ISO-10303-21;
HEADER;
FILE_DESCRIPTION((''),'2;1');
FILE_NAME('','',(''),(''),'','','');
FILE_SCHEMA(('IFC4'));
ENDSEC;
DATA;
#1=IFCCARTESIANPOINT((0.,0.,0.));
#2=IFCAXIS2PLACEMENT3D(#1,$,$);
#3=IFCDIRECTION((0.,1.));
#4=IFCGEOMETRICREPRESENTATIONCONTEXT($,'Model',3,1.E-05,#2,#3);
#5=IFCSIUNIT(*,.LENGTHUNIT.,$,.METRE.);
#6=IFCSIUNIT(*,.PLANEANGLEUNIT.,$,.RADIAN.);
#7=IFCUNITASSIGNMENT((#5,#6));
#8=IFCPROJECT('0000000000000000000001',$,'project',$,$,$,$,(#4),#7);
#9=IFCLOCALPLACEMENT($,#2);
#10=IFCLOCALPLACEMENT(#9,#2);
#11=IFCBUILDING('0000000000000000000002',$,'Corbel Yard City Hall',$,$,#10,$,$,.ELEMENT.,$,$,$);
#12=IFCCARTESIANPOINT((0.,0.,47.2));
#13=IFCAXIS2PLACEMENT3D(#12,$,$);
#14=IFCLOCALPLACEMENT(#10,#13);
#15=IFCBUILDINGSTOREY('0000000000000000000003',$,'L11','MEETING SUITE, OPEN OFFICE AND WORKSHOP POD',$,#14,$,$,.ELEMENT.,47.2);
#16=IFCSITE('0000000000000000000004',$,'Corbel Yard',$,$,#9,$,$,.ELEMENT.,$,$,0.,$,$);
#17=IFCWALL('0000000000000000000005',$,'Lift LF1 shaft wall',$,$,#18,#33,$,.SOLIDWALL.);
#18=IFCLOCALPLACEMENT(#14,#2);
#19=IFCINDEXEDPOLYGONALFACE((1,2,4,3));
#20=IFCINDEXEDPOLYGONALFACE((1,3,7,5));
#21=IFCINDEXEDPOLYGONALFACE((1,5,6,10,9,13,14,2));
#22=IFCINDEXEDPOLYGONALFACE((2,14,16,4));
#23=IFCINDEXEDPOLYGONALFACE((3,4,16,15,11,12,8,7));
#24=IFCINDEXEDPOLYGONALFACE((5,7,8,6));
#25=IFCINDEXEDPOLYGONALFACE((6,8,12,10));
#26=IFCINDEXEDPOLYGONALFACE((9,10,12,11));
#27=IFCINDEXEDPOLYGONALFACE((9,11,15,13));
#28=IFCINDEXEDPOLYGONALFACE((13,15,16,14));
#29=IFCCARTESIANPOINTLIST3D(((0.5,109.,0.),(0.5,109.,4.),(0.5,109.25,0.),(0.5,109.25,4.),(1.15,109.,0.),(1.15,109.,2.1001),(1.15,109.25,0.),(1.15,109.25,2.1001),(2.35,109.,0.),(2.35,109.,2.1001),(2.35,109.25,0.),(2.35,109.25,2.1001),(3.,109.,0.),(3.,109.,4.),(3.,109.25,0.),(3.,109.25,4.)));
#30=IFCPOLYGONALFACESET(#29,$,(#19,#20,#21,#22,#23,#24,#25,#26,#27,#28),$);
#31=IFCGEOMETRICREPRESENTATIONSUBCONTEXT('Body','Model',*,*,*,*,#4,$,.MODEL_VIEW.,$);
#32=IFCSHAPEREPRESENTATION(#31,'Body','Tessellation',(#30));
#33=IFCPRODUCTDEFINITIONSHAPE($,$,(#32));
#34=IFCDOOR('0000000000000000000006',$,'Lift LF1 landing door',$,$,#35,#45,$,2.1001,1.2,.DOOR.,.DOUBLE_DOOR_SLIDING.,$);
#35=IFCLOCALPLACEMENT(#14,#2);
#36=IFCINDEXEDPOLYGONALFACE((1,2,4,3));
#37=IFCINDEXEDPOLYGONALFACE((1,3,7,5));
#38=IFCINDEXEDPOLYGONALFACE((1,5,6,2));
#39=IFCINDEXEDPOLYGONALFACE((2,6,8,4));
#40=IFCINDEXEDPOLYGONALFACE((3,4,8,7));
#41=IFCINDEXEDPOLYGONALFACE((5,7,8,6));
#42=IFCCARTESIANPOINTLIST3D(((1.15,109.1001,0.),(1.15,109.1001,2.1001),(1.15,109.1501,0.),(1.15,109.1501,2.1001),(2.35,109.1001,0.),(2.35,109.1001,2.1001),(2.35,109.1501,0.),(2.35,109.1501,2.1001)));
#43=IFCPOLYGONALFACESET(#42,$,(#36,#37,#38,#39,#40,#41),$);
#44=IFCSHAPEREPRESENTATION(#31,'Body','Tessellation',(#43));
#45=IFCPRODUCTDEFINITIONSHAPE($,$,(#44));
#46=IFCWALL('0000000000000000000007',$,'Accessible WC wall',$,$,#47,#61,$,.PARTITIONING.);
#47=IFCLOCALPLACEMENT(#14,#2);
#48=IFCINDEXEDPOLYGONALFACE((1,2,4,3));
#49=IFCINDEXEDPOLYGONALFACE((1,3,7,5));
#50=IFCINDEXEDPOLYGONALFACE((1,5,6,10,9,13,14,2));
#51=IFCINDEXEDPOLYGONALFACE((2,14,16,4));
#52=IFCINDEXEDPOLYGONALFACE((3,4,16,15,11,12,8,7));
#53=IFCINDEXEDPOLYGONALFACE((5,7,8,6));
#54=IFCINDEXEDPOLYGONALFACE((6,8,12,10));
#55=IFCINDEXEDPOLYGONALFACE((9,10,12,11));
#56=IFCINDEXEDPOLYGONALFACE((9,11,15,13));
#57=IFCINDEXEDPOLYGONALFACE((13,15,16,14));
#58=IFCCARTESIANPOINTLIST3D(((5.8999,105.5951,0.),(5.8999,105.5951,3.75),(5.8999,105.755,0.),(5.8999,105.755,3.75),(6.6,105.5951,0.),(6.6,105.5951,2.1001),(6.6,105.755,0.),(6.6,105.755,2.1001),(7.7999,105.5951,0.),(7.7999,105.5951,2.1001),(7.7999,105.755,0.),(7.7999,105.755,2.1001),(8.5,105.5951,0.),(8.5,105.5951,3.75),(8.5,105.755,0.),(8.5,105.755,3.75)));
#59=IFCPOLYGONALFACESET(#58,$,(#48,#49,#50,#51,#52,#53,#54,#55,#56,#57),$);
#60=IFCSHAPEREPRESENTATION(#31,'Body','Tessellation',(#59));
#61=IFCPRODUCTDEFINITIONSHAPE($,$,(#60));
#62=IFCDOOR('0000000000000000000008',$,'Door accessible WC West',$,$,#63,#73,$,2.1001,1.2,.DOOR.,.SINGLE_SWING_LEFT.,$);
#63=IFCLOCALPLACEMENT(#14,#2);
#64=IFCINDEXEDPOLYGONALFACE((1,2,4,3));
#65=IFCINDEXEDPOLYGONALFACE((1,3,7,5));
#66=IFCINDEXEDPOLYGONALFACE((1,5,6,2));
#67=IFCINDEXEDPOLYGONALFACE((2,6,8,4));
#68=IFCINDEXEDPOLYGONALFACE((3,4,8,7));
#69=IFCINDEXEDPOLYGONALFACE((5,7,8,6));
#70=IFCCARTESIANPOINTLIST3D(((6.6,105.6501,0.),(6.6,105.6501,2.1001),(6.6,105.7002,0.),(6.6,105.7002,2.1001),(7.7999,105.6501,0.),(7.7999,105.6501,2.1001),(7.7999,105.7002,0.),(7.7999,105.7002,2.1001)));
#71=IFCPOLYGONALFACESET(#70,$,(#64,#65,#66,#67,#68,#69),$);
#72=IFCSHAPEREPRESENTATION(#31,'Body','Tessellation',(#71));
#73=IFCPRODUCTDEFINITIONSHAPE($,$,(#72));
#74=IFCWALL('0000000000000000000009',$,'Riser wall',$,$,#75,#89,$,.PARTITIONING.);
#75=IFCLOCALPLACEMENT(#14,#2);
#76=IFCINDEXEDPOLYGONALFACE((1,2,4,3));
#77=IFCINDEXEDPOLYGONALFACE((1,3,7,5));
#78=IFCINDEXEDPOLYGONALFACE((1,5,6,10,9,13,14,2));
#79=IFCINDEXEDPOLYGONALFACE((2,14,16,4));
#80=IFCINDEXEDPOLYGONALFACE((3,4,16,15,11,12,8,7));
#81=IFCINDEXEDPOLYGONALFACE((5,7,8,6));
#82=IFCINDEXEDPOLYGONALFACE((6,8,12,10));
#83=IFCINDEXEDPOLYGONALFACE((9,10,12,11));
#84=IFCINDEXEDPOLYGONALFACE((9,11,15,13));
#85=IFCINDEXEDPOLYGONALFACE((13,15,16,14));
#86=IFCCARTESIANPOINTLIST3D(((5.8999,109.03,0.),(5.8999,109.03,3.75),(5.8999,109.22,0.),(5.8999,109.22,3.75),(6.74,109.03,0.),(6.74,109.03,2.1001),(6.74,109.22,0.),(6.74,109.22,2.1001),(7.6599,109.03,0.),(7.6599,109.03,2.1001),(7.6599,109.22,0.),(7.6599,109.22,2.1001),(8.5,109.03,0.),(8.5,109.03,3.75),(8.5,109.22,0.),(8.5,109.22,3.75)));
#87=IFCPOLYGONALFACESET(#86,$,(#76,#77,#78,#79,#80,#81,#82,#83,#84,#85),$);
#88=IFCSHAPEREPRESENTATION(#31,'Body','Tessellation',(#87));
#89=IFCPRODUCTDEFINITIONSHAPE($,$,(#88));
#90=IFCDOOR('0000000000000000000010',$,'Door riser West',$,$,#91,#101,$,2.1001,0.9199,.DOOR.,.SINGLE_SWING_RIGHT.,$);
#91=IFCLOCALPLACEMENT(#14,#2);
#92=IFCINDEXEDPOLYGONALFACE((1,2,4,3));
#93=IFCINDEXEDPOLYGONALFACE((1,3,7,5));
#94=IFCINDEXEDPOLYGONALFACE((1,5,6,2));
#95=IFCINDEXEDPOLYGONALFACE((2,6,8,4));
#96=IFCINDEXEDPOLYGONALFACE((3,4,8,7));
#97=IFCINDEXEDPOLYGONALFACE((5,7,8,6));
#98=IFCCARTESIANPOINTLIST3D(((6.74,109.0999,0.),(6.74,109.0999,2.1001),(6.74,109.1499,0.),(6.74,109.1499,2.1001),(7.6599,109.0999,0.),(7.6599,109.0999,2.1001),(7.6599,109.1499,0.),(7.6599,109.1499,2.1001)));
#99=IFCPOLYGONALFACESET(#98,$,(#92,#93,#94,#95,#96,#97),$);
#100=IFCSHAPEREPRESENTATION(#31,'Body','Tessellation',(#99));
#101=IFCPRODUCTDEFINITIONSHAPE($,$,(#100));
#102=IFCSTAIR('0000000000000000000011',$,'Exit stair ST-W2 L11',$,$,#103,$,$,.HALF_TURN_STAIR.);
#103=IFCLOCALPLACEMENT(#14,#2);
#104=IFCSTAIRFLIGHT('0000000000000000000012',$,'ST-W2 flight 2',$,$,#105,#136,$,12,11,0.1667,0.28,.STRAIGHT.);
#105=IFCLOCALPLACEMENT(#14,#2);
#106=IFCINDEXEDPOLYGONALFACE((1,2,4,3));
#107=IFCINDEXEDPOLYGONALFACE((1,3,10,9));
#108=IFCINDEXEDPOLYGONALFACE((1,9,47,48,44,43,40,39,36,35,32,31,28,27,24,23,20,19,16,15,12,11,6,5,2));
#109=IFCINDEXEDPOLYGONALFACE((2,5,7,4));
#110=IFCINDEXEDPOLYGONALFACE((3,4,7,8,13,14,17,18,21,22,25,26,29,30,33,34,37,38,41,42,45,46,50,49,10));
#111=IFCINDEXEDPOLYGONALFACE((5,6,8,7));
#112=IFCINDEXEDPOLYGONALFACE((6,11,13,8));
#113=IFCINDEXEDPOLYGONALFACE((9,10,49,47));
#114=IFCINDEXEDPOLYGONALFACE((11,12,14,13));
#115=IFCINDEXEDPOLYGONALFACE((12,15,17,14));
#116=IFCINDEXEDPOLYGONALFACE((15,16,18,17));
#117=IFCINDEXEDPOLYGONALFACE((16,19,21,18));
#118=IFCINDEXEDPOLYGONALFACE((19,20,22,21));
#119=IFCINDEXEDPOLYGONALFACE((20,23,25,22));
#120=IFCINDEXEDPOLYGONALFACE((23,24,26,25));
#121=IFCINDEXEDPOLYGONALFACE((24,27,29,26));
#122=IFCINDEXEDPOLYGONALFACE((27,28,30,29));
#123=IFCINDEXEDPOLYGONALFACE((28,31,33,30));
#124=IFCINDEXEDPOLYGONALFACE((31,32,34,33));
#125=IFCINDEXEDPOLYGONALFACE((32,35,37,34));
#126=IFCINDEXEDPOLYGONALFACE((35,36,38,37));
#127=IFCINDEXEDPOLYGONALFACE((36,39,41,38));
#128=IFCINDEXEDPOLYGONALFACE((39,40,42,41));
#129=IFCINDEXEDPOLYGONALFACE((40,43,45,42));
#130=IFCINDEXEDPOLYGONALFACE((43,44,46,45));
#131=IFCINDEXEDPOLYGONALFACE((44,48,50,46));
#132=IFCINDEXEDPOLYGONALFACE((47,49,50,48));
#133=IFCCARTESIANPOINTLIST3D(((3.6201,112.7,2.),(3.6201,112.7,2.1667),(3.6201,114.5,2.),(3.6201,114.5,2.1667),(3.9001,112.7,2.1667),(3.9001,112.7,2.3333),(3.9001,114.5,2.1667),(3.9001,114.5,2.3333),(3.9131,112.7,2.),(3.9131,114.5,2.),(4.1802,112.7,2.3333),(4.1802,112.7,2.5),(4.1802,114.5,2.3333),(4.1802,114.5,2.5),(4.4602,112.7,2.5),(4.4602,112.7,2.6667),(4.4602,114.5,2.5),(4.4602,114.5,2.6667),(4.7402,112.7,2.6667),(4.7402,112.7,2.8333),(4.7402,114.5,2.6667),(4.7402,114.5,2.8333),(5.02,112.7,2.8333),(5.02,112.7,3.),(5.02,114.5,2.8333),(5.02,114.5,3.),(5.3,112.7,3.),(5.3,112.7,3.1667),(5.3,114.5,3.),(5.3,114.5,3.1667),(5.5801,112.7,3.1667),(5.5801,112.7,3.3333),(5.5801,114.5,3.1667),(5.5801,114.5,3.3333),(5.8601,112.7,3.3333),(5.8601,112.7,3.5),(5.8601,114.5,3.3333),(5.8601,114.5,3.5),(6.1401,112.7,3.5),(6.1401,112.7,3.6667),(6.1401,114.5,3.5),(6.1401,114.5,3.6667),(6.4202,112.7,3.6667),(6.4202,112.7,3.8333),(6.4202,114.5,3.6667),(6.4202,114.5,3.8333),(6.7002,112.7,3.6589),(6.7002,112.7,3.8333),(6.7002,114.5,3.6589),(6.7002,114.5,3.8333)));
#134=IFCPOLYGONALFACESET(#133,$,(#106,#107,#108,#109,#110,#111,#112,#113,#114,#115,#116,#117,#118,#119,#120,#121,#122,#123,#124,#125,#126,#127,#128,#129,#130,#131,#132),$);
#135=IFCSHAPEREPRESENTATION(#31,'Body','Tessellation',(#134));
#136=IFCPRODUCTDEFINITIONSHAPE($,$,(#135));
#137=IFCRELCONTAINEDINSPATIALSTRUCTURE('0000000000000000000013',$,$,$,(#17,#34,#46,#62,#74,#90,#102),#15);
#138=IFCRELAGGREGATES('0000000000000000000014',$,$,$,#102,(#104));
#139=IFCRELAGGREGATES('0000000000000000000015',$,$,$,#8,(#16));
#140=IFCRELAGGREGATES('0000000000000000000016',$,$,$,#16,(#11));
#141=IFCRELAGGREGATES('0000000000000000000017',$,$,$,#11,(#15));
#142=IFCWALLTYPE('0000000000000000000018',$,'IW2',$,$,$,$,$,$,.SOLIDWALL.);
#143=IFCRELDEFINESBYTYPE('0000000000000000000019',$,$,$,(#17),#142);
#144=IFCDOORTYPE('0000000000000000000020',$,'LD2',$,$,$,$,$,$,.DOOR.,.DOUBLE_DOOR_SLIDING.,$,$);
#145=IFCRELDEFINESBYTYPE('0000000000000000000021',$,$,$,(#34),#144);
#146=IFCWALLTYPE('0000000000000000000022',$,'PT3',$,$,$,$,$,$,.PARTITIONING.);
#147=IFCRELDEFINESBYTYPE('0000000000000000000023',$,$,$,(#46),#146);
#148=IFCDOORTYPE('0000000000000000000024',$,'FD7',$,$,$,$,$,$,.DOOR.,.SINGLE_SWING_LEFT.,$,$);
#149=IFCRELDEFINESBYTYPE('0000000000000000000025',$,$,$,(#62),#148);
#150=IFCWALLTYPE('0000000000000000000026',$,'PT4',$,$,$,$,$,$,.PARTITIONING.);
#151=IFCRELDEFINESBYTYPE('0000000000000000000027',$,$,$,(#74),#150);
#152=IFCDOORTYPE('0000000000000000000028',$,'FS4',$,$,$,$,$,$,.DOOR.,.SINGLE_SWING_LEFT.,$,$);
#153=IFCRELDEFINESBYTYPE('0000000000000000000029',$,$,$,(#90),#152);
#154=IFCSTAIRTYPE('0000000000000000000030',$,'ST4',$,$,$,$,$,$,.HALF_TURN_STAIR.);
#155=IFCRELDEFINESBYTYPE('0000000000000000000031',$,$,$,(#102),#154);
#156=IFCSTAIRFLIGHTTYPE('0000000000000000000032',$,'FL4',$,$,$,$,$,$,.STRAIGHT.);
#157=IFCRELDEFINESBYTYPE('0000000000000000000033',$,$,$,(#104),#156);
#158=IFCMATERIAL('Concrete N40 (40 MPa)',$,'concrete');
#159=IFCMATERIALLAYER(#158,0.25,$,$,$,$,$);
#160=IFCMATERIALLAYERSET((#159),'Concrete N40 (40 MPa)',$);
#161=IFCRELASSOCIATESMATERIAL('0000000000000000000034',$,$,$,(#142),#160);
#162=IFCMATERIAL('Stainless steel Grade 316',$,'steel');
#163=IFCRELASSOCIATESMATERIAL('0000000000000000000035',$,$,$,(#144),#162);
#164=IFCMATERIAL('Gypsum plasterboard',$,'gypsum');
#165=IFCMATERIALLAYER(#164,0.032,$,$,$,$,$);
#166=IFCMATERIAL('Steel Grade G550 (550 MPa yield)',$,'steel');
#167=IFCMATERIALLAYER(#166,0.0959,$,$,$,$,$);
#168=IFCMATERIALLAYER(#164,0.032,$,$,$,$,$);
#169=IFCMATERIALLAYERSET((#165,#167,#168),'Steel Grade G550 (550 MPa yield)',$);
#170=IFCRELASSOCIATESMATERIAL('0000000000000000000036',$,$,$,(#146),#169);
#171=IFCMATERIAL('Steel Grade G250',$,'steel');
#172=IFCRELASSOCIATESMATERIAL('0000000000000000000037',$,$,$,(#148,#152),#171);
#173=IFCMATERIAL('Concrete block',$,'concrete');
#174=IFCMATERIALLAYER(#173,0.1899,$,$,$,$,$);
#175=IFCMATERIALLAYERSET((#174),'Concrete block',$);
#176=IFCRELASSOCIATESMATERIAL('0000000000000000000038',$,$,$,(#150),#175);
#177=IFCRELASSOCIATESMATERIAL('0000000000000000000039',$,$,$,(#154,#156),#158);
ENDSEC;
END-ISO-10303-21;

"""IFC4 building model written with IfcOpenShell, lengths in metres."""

from ifc_helpers import new_model, si_unit, direction, frame, frame_2d, origin, place, context, subcontext, project, spatial, polyline, rectangle, outline, extrude, material, layer, layer_set, type_object, element, fill, aggregate, save


model = new_model("IFC4")

# Units and contexts
model_context = context("Model", 3, precision=1e-05, world=origin(), true_north=direction((0.0, 1.0)))
body_context = subcontext(model_context, "Body", "Model", "MODEL_VIEW")
ifc_project = project(units=[si_unit("LENGTHUNIT", "METRE"), si_unit("PLANEANGLEUNIT", "RADIAN")], contexts=[model_context])

# Site, building, storey
site_placement = place(None, origin())
site = spatial("IfcSite", under=ifc_project, at=site_placement, Name="Corbel Yard", CompositionType="ELEMENT", RefElevation=0.0)
building_placement = place(site_placement, origin())
building = spatial("IfcBuilding", under=site, at=building_placement, Name="Corbel Yard City Hall", CompositionType="ELEMENT")
storey_placement = place(building_placement, frame((0.0, 0.0, 47.2)))
storey = spatial("IfcBuildingStorey", under=building, at=storey_placement, Name="L11", Description="MEETING SUITE, OPEN OFFICE AND WORKSHOP POD", CompositionType="ELEMENT", Elevation=47.2)

# Shared definitions
ifc_material_1 = material(Name="Concrete N40 (40 MPa)", Category="concrete")
ifc_layer_1 = layer(ifc_material_1, 0.25)
ifc_layer_set_1 = layer_set([ifc_layer_1], Name="Concrete N40 (40 MPa)")
wall_type_1 = type_object("IfcWallType", Name="IW2", PredefinedType="SOLIDWALL", material=ifc_layer_set_1)

# Shared definitions
ifc_material_2 = material(Name="Stainless steel Grade 316", Category="steel")

# Walls, openings, doors
wall_1_placement = place(storey_placement, frame((3.0, 109.125, 0.0), z_axis=(0.0, 0.0, 1.0), x_axis=(-1.0, 0.0, 0.0)))
wall_1 = element("IfcWall", 1, at=wall_1_placement, inside=storey, type_object=wall_type_1, Name="Lift LF1 shaft wall", PredefinedType="SOLIDWALL", context=body_context, shape_type="SweptSolid", body=[
    extrude(rectangle(XDim=2.5, YDim=0.25, at=frame_2d((1.25, 0.0))), origin(), (0.0, 0.0, 1.0), 4.0),
])
opening_1_placement = place(wall_1_placement, frame((0.6499, 0.0, 0.0)))
opening_1 = element("IfcOpeningElement", 2, at=opening_1_placement, cuts=wall_1, PredefinedType="OPENING", context=body_context, shape_type="SweptSolid", body=[
    extrude(rectangle(XDim=1.2, YDim=2.1001, at=frame_2d((0.6001, 1.05))), frame((0.0, 0.135, 0.0), z_axis=(0.0, -1.0, 0.0), x_axis=(1.0, 0.0, 0.0)), (0.0, 0.0, 1.0), 0.27),
])
door_type_1 = type_object("IfcDoorType", Name="LD2", OperationType="DOUBLE_DOOR_SLIDING", PredefinedType="DOOR", material=ifc_material_2)
door_1_placement = place(opening_1_placement, origin())
door_1 = element("IfcDoor", 3, at=door_1_placement, inside=storey, type_object=door_type_1, Name="Lift LF1 landing door", OperationType="DOUBLE_DOOR_SLIDING", OverallHeight=2.1001, OverallWidth=1.2, PredefinedType="DOOR", context=body_context, shape_type="SweptSolid", body=[
    extrude(rectangle(XDim=1.2, YDim=2.1001, at=frame_2d((0.6001, 1.05))), frame((0.0, 0.0249, 0.0), z_axis=(0.0, -1.0, 0.0), x_axis=(1.0, 0.0, 0.0)), (0.0, 0.0, 1.0), 0.05),
])
fill(opening_1, door_1)
ifc_material_3 = material(Name="Gypsum plasterboard", Category="gypsum")
ifc_layer_2 = layer(ifc_material_3, 0.032)
ifc_material_4 = material(Name="Steel Grade G550 (550 MPa yield)", Category="steel")
ifc_layer_3 = layer(ifc_material_4, 0.0959)
ifc_layer_4 = layer(ifc_material_3, 0.032)
ifc_layer_set_2 = layer_set([ifc_layer_2, ifc_layer_3, ifc_layer_4], Name="Steel Grade G550 (550 MPa yield)")
wall_type_2 = type_object("IfcWallType", Name="PT3", PredefinedType="PARTITIONING", material=ifc_layer_set_2)
wall_2_placement = place(storey_placement, frame((8.5, 105.675, 0.0), z_axis=(0.0, 0.0, 1.0), x_axis=(-1.0, 0.0, 0.0)))
wall_2 = element("IfcWall", 4, at=wall_2_placement, inside=storey, type_object=wall_type_2, Name="Accessible WC wall", PredefinedType="PARTITIONING", context=body_context, shape_type="SweptSolid", body=[
    extrude(rectangle(XDim=2.6001, YDim=0.1599, at=frame_2d((1.3, 0.0))), origin(), (0.0, 0.0, 1.0), 3.75),
])
opening_2_placement = place(wall_2_placement, frame((0.7, 0.0, 0.0)))
opening_2 = element("IfcOpeningElement", 5, at=opening_2_placement, cuts=wall_2, PredefinedType="OPENING", context=body_context, shape_type="SweptSolid", body=[
    extrude(rectangle(XDim=1.2, YDim=2.1001, at=frame_2d((0.6001, 1.05))), frame((0.0, 0.0898, 0.0), z_axis=(0.0, -1.0, 0.0), x_axis=(1.0, 0.0, 0.0)), (0.0, 0.0, 1.0), 0.1799),
])
ifc_material_5 = material(Name="Steel Grade G250", Category="steel")
door_type_2 = type_object("IfcDoorType", Name="FD7", OperationType="SINGLE_SWING_LEFT", PredefinedType="DOOR", material=ifc_material_5)
door_2_placement = place(opening_2_placement, origin())
door_2 = element("IfcDoor", 6, at=door_2_placement, inside=storey, type_object=door_type_2, Name="Door accessible WC West", OperationType="SINGLE_SWING_LEFT", OverallHeight=2.1001, OverallWidth=1.2, PredefinedType="DOOR", context=body_context, shape_type="SweptSolid", body=[
    extrude(rectangle(XDim=1.2, YDim=2.1001, at=frame_2d((0.6001, 1.05))), frame((0.0, 0.0249, 0.0), z_axis=(0.0, -1.0, 0.0), x_axis=(1.0, 0.0, 0.0)), (0.0, 0.0, 1.0), 0.05),
])
fill(opening_2, door_2)
ifc_material_6 = material(Name="Concrete block", Category="concrete")
ifc_layer_5 = layer(ifc_material_6, 0.1899)
ifc_layer_set_3 = layer_set([ifc_layer_5], Name="Concrete block")
wall_type_3 = type_object("IfcWallType", Name="PT4", PredefinedType="PARTITIONING", material=ifc_layer_set_3)
wall_3_placement = place(storey_placement, frame((8.5, 109.125, 0.0), z_axis=(0.0, 0.0, 1.0), x_axis=(-1.0, 0.0, 0.0)))
wall_3 = element("IfcWall", 7, at=wall_3_placement, inside=storey, type_object=wall_type_3, Name="Riser wall", PredefinedType="PARTITIONING", context=body_context, shape_type="SweptSolid", body=[
    extrude(rectangle(XDim=2.6001, YDim=0.1899, at=frame_2d((1.3, 0.0))), origin(), (0.0, 0.0, 1.0), 3.75),
])
opening_3_placement = place(wall_3_placement, frame((0.8401, 0.0, 0.0)))
opening_3 = element("IfcOpeningElement", 8, at=opening_3_placement, cuts=wall_3, PredefinedType="OPENING", context=body_context, shape_type="SweptSolid", body=[
    extrude(rectangle(XDim=0.9199, YDim=2.1001, at=frame_2d((0.46, 1.05))), frame((0.0, 0.105, 0.0), z_axis=(0.0, -1.0, 0.0), x_axis=(1.0, 0.0, 0.0)), (0.0, 0.0, 1.0), 0.21),
])
door_type_3 = type_object("IfcDoorType", Name="FS4", OperationType="SINGLE_SWING_LEFT", PredefinedType="DOOR", material=ifc_material_5)
door_3_placement = place(opening_3_placement, frame((0.9199, 0.0, 0.0), z_axis=(0.0, 0.0, 1.0), x_axis=(-1.0, 0.0, 0.0)))
door_3 = element("IfcDoor", 9, at=door_3_placement, inside=storey, type_object=door_type_3, Name="Door riser West", OperationType="SINGLE_SWING_RIGHT", OverallHeight=2.1001, OverallWidth=0.9199, PredefinedType="DOOR", context=body_context, shape_type="SweptSolid", body=[
    extrude(rectangle(XDim=0.9199, YDim=2.1001, at=frame_2d((0.46, 1.05))), frame((0.0, 0.0249, 0.0), z_axis=(0.0, -1.0, 0.0), x_axis=(1.0, 0.0, 0.0)), (0.0, 0.0, 1.0), 0.05),
])
fill(opening_3, door_3)

# Stair, stair flight
stair_type = type_object("IfcStairType", Name="ST4", PredefinedType="HALF_TURN_STAIR", material=ifc_material_1)
stair_placement = place(storey_placement, origin())
stair = element("IfcStair", 10, at=stair_placement, inside=storey, type_object=stair_type, Name="Exit stair ST-W2 L11", PredefinedType="HALF_TURN_STAIR")
stair_flight_type = type_object("IfcStairFlightType", Name="FL4", PredefinedType="STRAIGHT", material=ifc_material_1)
stair_flight_placement = place(storey_placement, frame((3.6201, 113.6001, 2.0), z_axis=(0.0, 0.0, 1.0), x_axis=(1.0, 0.0, 0.0)))
stair_flight = element("IfcStairFlight", 11, at=stair_flight_placement, type_object=stair_flight_type, Name="ST-W2 flight 2", NumberOfRisers=12, NumberOfTreads=11, PredefinedType="STRAIGHT", RiserHeight=0.1667, TreadLength=0.28, context=body_context, shape_type="SweptSolid", body=[
    extrude(outline(polyline([(0.0, 0.0), (0.0, 0.1667), (0.28, 0.1667), (0.28, 0.3333), (0.5601, 0.3333), (0.5601, 0.5), (0.8401, 0.5), (0.8401, 0.6667), (1.1201, 0.6667), (1.1201, 0.8333), (1.3999, 0.8333), (1.3999, 1.0), (1.6799, 1.0), (1.6799, 1.1667), (1.96, 1.1667), (1.96, 1.3333), (2.24, 1.3333), (2.24, 1.5), (2.52, 1.5), (2.52, 1.6667), (2.8, 1.6667), (2.8, 1.8333), (3.0801, 1.8333), (3.0801, 2.0), (3.0801, 1.6589), (0.293, 0.0), (0.0, 0.0)])), frame((0.0, 0.8999, 0.0), z_axis=(0.0, -1.0, 0.0), x_axis=(1.0, 0.0, 0.0)), (0.0, 0.0, 1.0), 1.8),
])
aggregate(stair, [stair_flight])

save(model, "model.ifc")
